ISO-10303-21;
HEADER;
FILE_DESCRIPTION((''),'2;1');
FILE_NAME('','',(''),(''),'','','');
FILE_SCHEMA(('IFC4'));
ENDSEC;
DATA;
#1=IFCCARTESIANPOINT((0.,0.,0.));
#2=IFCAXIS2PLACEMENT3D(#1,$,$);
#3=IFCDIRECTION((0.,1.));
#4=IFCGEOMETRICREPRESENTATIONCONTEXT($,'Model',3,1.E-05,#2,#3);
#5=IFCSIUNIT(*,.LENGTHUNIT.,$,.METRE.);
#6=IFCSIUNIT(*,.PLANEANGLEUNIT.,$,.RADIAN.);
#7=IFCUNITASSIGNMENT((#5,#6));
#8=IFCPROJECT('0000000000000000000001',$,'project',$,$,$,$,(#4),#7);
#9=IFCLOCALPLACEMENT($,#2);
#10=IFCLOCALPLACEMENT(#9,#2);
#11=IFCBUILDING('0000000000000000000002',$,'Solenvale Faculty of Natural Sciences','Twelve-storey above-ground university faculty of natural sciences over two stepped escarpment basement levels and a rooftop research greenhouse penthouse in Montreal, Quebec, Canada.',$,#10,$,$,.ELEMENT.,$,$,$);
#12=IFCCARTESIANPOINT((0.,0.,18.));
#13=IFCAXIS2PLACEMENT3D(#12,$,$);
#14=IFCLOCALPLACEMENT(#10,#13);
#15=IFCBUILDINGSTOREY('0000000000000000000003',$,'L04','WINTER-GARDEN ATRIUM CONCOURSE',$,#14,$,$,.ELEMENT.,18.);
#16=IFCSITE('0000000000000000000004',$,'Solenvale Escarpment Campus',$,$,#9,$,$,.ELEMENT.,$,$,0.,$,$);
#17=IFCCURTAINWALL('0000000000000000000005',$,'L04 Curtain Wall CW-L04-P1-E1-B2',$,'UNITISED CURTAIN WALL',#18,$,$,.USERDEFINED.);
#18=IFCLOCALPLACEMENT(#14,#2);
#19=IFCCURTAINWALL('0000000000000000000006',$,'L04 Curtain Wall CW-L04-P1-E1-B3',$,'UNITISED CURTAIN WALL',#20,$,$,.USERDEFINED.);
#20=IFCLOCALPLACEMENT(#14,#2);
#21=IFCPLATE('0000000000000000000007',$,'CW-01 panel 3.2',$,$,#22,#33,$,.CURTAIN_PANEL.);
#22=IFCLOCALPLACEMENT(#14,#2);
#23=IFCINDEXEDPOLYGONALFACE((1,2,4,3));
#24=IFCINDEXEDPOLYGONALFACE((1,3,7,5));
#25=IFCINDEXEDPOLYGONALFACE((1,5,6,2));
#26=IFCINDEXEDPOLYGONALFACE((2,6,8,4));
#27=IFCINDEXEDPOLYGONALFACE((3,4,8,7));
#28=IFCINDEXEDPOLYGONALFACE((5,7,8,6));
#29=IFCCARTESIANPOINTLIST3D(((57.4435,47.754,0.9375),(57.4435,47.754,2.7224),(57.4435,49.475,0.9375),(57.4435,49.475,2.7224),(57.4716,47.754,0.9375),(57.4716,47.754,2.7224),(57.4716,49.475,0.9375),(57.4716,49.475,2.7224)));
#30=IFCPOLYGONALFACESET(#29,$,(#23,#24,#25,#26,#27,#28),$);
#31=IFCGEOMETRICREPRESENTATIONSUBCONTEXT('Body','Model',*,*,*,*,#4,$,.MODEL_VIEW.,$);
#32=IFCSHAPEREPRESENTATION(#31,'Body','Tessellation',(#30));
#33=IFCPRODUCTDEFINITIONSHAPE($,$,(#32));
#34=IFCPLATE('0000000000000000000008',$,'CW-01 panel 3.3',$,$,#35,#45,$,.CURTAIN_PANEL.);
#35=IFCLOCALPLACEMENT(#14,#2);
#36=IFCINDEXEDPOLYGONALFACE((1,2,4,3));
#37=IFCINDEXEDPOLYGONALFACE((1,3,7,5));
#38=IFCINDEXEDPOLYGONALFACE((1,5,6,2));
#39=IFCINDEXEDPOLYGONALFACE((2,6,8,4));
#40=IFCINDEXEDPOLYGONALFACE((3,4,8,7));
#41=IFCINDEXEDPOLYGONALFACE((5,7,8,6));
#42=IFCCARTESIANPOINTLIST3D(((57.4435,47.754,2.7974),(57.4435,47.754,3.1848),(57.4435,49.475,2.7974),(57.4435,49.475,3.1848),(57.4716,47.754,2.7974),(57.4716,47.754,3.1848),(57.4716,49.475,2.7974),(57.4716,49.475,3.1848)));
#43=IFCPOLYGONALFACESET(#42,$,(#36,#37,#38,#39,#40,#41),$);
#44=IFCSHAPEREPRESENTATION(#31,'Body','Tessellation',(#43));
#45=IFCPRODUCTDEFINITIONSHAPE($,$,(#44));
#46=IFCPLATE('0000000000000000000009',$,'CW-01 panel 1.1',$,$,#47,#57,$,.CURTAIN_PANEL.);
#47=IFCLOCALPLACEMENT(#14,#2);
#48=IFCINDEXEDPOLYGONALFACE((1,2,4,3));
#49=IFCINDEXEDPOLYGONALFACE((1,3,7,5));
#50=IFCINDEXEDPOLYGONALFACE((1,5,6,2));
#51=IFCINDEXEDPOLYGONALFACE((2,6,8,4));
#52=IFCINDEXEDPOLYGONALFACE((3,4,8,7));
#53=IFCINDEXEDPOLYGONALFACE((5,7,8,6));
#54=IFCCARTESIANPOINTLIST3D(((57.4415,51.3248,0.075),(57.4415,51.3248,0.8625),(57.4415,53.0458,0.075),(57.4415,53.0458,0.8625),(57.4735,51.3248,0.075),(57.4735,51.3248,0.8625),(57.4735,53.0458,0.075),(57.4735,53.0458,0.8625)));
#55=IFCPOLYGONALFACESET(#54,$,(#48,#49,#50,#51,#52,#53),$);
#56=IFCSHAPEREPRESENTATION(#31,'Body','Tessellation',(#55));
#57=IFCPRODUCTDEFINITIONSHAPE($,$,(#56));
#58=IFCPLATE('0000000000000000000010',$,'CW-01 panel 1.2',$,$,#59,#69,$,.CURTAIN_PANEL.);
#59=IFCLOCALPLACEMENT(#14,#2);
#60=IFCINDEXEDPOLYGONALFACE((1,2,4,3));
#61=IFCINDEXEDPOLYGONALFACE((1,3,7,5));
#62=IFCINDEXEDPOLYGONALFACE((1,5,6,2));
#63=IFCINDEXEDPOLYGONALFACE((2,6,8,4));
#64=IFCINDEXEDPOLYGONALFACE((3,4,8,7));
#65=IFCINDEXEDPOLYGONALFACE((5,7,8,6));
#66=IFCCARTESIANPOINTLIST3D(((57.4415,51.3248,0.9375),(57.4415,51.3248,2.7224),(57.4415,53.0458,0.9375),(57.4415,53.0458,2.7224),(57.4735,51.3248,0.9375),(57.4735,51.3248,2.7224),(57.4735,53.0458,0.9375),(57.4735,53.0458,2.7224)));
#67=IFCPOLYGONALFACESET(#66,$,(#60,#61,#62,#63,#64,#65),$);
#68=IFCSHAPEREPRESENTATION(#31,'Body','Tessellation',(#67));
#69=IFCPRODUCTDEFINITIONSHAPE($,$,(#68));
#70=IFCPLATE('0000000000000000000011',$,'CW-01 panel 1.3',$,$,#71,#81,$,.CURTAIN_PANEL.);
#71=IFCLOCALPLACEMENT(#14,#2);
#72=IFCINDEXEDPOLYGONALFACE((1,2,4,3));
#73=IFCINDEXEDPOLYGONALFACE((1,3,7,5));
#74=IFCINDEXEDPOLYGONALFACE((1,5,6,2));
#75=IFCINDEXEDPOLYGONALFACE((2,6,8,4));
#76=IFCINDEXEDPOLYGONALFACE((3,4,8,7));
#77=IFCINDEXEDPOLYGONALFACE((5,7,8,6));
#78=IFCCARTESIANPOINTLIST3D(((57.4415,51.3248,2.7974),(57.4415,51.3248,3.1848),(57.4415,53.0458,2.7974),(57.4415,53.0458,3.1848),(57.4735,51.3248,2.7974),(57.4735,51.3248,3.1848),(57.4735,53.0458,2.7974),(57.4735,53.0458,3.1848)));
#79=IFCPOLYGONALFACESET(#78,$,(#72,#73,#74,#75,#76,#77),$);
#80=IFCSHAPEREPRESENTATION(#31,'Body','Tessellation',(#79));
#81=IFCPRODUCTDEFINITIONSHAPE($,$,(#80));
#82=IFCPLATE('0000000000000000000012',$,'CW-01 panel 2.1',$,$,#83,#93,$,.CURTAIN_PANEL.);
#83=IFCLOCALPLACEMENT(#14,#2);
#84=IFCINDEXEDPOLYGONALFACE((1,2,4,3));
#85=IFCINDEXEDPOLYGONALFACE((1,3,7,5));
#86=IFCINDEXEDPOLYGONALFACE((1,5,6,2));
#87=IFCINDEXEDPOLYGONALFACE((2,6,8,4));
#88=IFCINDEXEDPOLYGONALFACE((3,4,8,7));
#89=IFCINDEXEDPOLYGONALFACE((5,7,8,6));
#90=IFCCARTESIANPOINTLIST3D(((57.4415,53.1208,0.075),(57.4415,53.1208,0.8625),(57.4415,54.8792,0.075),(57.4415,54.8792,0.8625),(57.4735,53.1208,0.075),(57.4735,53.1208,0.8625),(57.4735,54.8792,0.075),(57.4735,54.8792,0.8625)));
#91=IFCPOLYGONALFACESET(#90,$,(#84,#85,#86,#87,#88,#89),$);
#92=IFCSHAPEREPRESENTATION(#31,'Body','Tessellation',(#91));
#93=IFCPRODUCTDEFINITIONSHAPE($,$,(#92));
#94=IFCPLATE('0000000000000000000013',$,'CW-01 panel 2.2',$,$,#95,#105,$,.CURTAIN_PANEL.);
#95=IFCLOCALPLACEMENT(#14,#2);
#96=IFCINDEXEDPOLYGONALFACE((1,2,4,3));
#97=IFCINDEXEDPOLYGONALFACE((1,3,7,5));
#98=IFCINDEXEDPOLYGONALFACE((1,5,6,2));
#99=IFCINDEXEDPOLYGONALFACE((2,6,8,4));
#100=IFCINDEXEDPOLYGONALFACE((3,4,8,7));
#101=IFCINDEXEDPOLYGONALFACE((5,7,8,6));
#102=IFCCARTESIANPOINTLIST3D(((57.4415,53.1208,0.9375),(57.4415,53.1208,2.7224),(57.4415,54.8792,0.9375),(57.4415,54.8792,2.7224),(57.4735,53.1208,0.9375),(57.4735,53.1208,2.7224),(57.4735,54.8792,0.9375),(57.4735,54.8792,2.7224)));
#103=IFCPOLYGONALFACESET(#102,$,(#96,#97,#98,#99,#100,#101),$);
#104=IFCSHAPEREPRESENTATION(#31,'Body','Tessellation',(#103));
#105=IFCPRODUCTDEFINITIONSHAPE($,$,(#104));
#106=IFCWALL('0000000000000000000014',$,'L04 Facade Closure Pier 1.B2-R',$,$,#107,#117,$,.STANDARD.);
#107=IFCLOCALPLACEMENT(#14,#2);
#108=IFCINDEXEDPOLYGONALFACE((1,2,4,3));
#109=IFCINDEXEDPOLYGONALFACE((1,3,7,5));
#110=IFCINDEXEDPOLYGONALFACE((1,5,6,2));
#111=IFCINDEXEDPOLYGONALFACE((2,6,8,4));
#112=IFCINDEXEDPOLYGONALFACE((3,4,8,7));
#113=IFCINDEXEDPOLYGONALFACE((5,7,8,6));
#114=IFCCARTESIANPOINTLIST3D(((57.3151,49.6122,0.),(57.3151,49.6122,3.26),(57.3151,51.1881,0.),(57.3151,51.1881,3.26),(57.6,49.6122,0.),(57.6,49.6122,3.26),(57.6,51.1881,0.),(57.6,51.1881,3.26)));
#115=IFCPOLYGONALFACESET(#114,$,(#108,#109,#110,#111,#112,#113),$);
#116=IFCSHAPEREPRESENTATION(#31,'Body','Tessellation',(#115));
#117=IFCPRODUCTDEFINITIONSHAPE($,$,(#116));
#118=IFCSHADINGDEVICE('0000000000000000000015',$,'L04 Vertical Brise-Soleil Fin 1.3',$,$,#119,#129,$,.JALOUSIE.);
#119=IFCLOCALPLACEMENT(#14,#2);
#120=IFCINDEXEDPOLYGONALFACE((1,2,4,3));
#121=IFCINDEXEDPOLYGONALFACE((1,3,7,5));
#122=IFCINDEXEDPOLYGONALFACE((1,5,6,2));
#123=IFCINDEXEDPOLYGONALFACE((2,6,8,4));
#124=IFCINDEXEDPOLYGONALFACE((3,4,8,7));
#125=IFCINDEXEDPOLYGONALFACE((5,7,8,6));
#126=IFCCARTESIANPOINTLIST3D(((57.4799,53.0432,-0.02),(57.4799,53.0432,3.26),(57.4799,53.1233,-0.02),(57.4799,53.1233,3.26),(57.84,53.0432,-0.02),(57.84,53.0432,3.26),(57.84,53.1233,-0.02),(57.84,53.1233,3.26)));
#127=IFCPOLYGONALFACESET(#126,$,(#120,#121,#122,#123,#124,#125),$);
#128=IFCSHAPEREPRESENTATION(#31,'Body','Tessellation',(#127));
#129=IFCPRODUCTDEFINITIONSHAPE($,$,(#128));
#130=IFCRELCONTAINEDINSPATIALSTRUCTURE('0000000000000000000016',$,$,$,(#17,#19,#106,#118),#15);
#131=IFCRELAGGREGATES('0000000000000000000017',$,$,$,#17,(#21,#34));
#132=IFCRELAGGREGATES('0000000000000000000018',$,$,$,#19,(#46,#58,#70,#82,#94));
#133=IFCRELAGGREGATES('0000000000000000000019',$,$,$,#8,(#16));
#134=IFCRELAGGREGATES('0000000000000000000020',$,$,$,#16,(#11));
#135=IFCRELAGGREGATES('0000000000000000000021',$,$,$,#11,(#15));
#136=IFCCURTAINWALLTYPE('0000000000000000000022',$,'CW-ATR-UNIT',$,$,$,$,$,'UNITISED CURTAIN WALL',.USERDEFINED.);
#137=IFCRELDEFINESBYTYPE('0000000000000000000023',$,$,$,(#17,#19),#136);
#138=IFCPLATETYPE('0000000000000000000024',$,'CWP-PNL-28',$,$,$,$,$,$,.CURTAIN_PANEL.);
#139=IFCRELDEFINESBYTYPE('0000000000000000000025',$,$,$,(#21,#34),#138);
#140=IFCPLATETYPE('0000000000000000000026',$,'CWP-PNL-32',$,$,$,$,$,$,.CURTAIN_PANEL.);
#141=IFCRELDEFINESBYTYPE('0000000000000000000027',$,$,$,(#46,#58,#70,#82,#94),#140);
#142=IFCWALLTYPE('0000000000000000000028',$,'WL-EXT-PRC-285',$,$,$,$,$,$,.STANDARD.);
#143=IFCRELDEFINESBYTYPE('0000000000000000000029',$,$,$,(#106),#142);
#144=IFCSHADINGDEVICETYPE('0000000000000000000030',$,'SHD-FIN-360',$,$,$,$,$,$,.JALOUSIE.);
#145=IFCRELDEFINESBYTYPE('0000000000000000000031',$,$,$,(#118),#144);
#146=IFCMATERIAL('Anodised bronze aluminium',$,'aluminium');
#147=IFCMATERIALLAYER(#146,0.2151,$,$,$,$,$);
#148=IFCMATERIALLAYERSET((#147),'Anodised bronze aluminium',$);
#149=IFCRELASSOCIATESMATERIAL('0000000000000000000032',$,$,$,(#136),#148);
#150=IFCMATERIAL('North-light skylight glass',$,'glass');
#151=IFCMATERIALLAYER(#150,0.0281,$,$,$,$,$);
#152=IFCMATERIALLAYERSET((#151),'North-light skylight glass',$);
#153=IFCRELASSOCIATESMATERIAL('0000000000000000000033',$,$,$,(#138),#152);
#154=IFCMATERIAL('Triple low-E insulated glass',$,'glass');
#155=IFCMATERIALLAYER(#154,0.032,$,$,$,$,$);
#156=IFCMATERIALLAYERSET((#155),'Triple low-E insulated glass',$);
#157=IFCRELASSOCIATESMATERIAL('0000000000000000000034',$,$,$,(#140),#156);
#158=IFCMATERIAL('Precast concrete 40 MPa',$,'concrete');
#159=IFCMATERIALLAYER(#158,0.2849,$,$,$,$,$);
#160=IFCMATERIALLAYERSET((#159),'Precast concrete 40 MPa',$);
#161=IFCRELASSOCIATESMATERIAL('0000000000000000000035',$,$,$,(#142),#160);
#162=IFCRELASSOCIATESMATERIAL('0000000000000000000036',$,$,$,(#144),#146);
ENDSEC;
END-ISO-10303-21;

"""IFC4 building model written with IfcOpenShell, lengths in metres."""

from ifc_helpers import new_model, si_unit, direction, frame, frame_2d, origin, origin_2d, place, context, subcontext, project, spatial, rectangle, extrude, material, layer, layer_set, material_profile, profile_set, type_object, element, aggregate, save


model = new_model("IFC4")

# Units and contexts
model_context = context("Model", 3, precision=1e-05, world=origin(), true_north=direction((0.0, 1.0)))
body_context = subcontext(model_context, "Body", "Model", "MODEL_VIEW")
ifc_project = project(units=[si_unit("LENGTHUNIT", "METRE"), si_unit("PLANEANGLEUNIT", "RADIAN")], contexts=[model_context])

# Site, building, storey
site_placement = place(None, origin())
site = spatial("IfcSite", under=ifc_project, at=site_placement, Name="Solenvale Escarpment Campus", CompositionType="ELEMENT", RefElevation=0.0)
building_placement = place(site_placement, origin())
building = spatial("IfcBuilding", under=site, at=building_placement, Name="Solenvale Faculty of Natural Sciences", Description="Twelve-storey above-ground university faculty of natural sciences over two stepped escarpment basement levels and a rooftop research greenhouse penthouse in Montreal, Quebec, Canada.", CompositionType="ELEMENT")
storey_placement = place(building_placement, frame((0.0, 0.0, 18.0)))
storey = spatial("IfcBuildingStorey", under=building, at=storey_placement, Name="L04", Description="WINTER-GARDEN ATRIUM CONCOURSE", CompositionType="ELEMENT", Elevation=18.0)

# Curtain wall
ifc_material_1 = material(Name="Anodised bronze aluminium", Category="aluminium")
ifc_layer_1 = layer(ifc_material_1, 0.2151)
ifc_layer_set_1 = layer_set([ifc_layer_1], Name="Anodised bronze aluminium")
curtain_wall_type = type_object("IfcCurtainWallType", Name="CW-ATR-UNIT", ElementType="UNITISED CURTAIN WALL", PredefinedType="USERDEFINED", material=ifc_layer_set_1)
curtain_wall_1_placement = place(storey_placement, origin())
curtain_wall_1 = element("IfcCurtainWall", 1, at=curtain_wall_1_placement, inside=storey, type_object=curtain_wall_type, Name="L04 Curtain Wall CW-L04-P1-E1-B2", ObjectType="UNITISED CURTAIN WALL", PredefinedType="USERDEFINED")

# Curtain wall
curtain_wall_2_placement = place(storey_placement, origin())
curtain_wall_2 = element("IfcCurtainWall", 2, at=curtain_wall_2_placement, inside=storey, type_object=curtain_wall_type, Name="L04 Curtain Wall CW-L04-P1-E1-B3", ObjectType="UNITISED CURTAIN WALL", PredefinedType="USERDEFINED")

# Plates
ifc_material_2 = material(Name="North-light skylight glass", Category="glass")
ifc_layer_2 = layer(ifc_material_2, 0.0281)
ifc_layer_set_2 = layer_set([ifc_layer_2], Name="North-light skylight glass")
plate_type_1 = type_object("IfcPlateType", Name="CWP-PNL-28", PredefinedType="CURTAIN_PANEL", material=ifc_layer_set_2)
plate_1_placement = place(storey_placement, frame((57.4575, 48.6145, 0.9375), z_axis=(0.0, 0.0, 1.0), x_axis=(0.0, 1.0, 0.0)))
plate_1 = element("IfcPlate", 3, at=plate_1_placement, type_object=plate_type_1, Name="CW-01 panel 3.2", PredefinedType="CURTAIN_PANEL", context=body_context, shape_type="SweptSolid", body=[
    extrude(rectangle(XDim=1.7209, YDim=0.0281, at=origin_2d()), origin(), (0.0, 0.0, 1.0), 1.7849),
])
plate_2_placement = place(storey_placement, frame((57.4575, 48.6145, 2.7974), z_axis=(0.0, 0.0, 1.0), x_axis=(0.0, 1.0, 0.0)))
plate_2 = element("IfcPlate", 4, at=plate_2_placement, type_object=plate_type_1, Name="CW-01 panel 3.3", PredefinedType="CURTAIN_PANEL", context=body_context, shape_type="SweptSolid", body=[
    extrude(rectangle(XDim=1.7209, YDim=0.0281, at=origin_2d()), origin(), (0.0, 0.0, 1.0), 0.3875),
])
aggregate(curtain_wall_1, [plate_1, plate_2])
ifc_material_3 = material(Name="Triple low-E insulated glass", Category="glass")
ifc_layer_3 = layer(ifc_material_3, 0.032)
ifc_layer_set_3 = layer_set([ifc_layer_3], Name="Triple low-E insulated glass")
plate_type_2 = type_object("IfcPlateType", Name="CWP-PNL-32", PredefinedType="CURTAIN_PANEL", material=ifc_layer_set_3)
plate_3_placement = place(storey_placement, frame((57.4575, 52.1853, 0.075), z_axis=(0.0, 0.0, 1.0), x_axis=(0.0, 1.0, 0.0)))
plate_3 = element("IfcPlate", 5, at=plate_3_placement, type_object=plate_type_2, Name="CW-01 panel 1.1", PredefinedType="CURTAIN_PANEL", context=body_context, shape_type="SweptSolid", body=[
    extrude(rectangle(XDim=1.7209, YDim=0.032, at=origin_2d()), origin(), (0.0, 0.0, 1.0), 0.7876),
])
plate_4_placement = place(storey_placement, frame((57.4575, 52.1853, 0.9375), z_axis=(0.0, 0.0, 1.0), x_axis=(0.0, 1.0, 0.0)))
plate_4 = element("IfcPlate", 6, at=plate_4_placement, type_object=plate_type_2, Name="CW-01 panel 1.2", PredefinedType="CURTAIN_PANEL", context=body_context, shape_type="SweptSolid", body=[
    extrude(rectangle(XDim=1.7209, YDim=0.032, at=origin_2d()), origin(), (0.0, 0.0, 1.0), 1.7849),
])
plate_5_placement = place(storey_placement, frame((57.4575, 52.1853, 2.7974), z_axis=(0.0, 0.0, 1.0), x_axis=(0.0, 1.0, 0.0)))
plate_5 = element("IfcPlate", 7, at=plate_5_placement, type_object=plate_type_2, Name="CW-01 panel 1.3", PredefinedType="CURTAIN_PANEL", context=body_context, shape_type="SweptSolid", body=[
    extrude(rectangle(XDim=1.7209, YDim=0.032, at=origin_2d()), origin(), (0.0, 0.0, 1.0), 0.3875),
])
plate_6_placement = place(storey_placement, frame((57.4575, 54.0, 0.075), z_axis=(0.0, 0.0, 1.0), x_axis=(0.0, 1.0, 0.0)))
plate_6 = element("IfcPlate", 8, at=plate_6_placement, type_object=plate_type_2, Name="CW-01 panel 2.1", PredefinedType="CURTAIN_PANEL", context=body_context, shape_type="SweptSolid", body=[
    extrude(rectangle(XDim=1.7583, YDim=0.032, at=origin_2d()), origin(), (0.0, 0.0, 1.0), 0.7876),
])
plate_7_placement = place(storey_placement, frame((57.4575, 54.0, 0.9375), z_axis=(0.0, 0.0, 1.0), x_axis=(0.0, 1.0, 0.0)))
plate_7 = element("IfcPlate", 9, at=plate_7_placement, type_object=plate_type_2, Name="CW-01 panel 2.2", PredefinedType="CURTAIN_PANEL", context=body_context, shape_type="SweptSolid", body=[
    extrude(rectangle(XDim=1.7583, YDim=0.032, at=origin_2d()), origin(), (0.0, 0.0, 1.0), 1.7849),
])
aggregate(curtain_wall_2, [plate_3, plate_4, plate_5, plate_6, plate_7])

# Wall
ifc_material_4 = material(Name="Precast concrete 40 MPa", Category="concrete")
ifc_layer_4 = layer(ifc_material_4, 0.2849)
ifc_layer_set_4 = layer_set([ifc_layer_4], Name="Precast concrete 40 MPa")
wall_type = type_object("IfcWallType", Name="WL-EXT-PRC-285", PredefinedType="STANDARD", material=ifc_layer_set_4)
wall_placement = place(storey_placement, frame((57.4575, 49.6121, 0.0), z_axis=(0.0, 0.0, 1.0), x_axis=(0.0, 1.0, 0.0)))
element("IfcWall", 10, at=wall_placement, inside=storey, type_object=wall_type, Name="L04 Facade Closure Pier 1.B2-R", PredefinedType="STANDARD", context=body_context, shape_type="SweptSolid", body=[
    extrude(rectangle(XDim=1.5759, YDim=0.2849, at=frame_2d((0.7881, 0.0))), origin(), (0.0, 0.0, 1.0), 3.26),
])

# Shading device
ifc_material_profile_1 = material_profile(ifc_material_1, rectangle(XDim=0.0801, YDim=0.3601, at=origin_2d()), Name="ALU-FIN-80x360")
ifc_profile_set_1 = profile_set([ifc_material_profile_1], Name="Anodised bronze aluminium")
shading_device_type = type_object("IfcShadingDeviceType", Name="SHD-FIN-360", PredefinedType="JALOUSIE", material=ifc_profile_set_1)
shading_device_placement = place(storey_placement, frame((57.6599, 53.0833, -0.02), z_axis=(0.0, 0.0, 1.0), x_axis=(0.0, 1.0, 0.0)))
element("IfcShadingDevice", 11, at=shading_device_placement, inside=storey, type_object=shading_device_type, Name="L04 Vertical Brise-Soleil Fin 1.3", PredefinedType="JALOUSIE", context=body_context, shape_type="SweptSolid", body=[
    extrude(rectangle(XDim=0.0801, YDim=0.3601, at=origin_2d()), origin(), (0.0, 0.0, 1.0), 3.28),
])

save(model, "model.ifc")
